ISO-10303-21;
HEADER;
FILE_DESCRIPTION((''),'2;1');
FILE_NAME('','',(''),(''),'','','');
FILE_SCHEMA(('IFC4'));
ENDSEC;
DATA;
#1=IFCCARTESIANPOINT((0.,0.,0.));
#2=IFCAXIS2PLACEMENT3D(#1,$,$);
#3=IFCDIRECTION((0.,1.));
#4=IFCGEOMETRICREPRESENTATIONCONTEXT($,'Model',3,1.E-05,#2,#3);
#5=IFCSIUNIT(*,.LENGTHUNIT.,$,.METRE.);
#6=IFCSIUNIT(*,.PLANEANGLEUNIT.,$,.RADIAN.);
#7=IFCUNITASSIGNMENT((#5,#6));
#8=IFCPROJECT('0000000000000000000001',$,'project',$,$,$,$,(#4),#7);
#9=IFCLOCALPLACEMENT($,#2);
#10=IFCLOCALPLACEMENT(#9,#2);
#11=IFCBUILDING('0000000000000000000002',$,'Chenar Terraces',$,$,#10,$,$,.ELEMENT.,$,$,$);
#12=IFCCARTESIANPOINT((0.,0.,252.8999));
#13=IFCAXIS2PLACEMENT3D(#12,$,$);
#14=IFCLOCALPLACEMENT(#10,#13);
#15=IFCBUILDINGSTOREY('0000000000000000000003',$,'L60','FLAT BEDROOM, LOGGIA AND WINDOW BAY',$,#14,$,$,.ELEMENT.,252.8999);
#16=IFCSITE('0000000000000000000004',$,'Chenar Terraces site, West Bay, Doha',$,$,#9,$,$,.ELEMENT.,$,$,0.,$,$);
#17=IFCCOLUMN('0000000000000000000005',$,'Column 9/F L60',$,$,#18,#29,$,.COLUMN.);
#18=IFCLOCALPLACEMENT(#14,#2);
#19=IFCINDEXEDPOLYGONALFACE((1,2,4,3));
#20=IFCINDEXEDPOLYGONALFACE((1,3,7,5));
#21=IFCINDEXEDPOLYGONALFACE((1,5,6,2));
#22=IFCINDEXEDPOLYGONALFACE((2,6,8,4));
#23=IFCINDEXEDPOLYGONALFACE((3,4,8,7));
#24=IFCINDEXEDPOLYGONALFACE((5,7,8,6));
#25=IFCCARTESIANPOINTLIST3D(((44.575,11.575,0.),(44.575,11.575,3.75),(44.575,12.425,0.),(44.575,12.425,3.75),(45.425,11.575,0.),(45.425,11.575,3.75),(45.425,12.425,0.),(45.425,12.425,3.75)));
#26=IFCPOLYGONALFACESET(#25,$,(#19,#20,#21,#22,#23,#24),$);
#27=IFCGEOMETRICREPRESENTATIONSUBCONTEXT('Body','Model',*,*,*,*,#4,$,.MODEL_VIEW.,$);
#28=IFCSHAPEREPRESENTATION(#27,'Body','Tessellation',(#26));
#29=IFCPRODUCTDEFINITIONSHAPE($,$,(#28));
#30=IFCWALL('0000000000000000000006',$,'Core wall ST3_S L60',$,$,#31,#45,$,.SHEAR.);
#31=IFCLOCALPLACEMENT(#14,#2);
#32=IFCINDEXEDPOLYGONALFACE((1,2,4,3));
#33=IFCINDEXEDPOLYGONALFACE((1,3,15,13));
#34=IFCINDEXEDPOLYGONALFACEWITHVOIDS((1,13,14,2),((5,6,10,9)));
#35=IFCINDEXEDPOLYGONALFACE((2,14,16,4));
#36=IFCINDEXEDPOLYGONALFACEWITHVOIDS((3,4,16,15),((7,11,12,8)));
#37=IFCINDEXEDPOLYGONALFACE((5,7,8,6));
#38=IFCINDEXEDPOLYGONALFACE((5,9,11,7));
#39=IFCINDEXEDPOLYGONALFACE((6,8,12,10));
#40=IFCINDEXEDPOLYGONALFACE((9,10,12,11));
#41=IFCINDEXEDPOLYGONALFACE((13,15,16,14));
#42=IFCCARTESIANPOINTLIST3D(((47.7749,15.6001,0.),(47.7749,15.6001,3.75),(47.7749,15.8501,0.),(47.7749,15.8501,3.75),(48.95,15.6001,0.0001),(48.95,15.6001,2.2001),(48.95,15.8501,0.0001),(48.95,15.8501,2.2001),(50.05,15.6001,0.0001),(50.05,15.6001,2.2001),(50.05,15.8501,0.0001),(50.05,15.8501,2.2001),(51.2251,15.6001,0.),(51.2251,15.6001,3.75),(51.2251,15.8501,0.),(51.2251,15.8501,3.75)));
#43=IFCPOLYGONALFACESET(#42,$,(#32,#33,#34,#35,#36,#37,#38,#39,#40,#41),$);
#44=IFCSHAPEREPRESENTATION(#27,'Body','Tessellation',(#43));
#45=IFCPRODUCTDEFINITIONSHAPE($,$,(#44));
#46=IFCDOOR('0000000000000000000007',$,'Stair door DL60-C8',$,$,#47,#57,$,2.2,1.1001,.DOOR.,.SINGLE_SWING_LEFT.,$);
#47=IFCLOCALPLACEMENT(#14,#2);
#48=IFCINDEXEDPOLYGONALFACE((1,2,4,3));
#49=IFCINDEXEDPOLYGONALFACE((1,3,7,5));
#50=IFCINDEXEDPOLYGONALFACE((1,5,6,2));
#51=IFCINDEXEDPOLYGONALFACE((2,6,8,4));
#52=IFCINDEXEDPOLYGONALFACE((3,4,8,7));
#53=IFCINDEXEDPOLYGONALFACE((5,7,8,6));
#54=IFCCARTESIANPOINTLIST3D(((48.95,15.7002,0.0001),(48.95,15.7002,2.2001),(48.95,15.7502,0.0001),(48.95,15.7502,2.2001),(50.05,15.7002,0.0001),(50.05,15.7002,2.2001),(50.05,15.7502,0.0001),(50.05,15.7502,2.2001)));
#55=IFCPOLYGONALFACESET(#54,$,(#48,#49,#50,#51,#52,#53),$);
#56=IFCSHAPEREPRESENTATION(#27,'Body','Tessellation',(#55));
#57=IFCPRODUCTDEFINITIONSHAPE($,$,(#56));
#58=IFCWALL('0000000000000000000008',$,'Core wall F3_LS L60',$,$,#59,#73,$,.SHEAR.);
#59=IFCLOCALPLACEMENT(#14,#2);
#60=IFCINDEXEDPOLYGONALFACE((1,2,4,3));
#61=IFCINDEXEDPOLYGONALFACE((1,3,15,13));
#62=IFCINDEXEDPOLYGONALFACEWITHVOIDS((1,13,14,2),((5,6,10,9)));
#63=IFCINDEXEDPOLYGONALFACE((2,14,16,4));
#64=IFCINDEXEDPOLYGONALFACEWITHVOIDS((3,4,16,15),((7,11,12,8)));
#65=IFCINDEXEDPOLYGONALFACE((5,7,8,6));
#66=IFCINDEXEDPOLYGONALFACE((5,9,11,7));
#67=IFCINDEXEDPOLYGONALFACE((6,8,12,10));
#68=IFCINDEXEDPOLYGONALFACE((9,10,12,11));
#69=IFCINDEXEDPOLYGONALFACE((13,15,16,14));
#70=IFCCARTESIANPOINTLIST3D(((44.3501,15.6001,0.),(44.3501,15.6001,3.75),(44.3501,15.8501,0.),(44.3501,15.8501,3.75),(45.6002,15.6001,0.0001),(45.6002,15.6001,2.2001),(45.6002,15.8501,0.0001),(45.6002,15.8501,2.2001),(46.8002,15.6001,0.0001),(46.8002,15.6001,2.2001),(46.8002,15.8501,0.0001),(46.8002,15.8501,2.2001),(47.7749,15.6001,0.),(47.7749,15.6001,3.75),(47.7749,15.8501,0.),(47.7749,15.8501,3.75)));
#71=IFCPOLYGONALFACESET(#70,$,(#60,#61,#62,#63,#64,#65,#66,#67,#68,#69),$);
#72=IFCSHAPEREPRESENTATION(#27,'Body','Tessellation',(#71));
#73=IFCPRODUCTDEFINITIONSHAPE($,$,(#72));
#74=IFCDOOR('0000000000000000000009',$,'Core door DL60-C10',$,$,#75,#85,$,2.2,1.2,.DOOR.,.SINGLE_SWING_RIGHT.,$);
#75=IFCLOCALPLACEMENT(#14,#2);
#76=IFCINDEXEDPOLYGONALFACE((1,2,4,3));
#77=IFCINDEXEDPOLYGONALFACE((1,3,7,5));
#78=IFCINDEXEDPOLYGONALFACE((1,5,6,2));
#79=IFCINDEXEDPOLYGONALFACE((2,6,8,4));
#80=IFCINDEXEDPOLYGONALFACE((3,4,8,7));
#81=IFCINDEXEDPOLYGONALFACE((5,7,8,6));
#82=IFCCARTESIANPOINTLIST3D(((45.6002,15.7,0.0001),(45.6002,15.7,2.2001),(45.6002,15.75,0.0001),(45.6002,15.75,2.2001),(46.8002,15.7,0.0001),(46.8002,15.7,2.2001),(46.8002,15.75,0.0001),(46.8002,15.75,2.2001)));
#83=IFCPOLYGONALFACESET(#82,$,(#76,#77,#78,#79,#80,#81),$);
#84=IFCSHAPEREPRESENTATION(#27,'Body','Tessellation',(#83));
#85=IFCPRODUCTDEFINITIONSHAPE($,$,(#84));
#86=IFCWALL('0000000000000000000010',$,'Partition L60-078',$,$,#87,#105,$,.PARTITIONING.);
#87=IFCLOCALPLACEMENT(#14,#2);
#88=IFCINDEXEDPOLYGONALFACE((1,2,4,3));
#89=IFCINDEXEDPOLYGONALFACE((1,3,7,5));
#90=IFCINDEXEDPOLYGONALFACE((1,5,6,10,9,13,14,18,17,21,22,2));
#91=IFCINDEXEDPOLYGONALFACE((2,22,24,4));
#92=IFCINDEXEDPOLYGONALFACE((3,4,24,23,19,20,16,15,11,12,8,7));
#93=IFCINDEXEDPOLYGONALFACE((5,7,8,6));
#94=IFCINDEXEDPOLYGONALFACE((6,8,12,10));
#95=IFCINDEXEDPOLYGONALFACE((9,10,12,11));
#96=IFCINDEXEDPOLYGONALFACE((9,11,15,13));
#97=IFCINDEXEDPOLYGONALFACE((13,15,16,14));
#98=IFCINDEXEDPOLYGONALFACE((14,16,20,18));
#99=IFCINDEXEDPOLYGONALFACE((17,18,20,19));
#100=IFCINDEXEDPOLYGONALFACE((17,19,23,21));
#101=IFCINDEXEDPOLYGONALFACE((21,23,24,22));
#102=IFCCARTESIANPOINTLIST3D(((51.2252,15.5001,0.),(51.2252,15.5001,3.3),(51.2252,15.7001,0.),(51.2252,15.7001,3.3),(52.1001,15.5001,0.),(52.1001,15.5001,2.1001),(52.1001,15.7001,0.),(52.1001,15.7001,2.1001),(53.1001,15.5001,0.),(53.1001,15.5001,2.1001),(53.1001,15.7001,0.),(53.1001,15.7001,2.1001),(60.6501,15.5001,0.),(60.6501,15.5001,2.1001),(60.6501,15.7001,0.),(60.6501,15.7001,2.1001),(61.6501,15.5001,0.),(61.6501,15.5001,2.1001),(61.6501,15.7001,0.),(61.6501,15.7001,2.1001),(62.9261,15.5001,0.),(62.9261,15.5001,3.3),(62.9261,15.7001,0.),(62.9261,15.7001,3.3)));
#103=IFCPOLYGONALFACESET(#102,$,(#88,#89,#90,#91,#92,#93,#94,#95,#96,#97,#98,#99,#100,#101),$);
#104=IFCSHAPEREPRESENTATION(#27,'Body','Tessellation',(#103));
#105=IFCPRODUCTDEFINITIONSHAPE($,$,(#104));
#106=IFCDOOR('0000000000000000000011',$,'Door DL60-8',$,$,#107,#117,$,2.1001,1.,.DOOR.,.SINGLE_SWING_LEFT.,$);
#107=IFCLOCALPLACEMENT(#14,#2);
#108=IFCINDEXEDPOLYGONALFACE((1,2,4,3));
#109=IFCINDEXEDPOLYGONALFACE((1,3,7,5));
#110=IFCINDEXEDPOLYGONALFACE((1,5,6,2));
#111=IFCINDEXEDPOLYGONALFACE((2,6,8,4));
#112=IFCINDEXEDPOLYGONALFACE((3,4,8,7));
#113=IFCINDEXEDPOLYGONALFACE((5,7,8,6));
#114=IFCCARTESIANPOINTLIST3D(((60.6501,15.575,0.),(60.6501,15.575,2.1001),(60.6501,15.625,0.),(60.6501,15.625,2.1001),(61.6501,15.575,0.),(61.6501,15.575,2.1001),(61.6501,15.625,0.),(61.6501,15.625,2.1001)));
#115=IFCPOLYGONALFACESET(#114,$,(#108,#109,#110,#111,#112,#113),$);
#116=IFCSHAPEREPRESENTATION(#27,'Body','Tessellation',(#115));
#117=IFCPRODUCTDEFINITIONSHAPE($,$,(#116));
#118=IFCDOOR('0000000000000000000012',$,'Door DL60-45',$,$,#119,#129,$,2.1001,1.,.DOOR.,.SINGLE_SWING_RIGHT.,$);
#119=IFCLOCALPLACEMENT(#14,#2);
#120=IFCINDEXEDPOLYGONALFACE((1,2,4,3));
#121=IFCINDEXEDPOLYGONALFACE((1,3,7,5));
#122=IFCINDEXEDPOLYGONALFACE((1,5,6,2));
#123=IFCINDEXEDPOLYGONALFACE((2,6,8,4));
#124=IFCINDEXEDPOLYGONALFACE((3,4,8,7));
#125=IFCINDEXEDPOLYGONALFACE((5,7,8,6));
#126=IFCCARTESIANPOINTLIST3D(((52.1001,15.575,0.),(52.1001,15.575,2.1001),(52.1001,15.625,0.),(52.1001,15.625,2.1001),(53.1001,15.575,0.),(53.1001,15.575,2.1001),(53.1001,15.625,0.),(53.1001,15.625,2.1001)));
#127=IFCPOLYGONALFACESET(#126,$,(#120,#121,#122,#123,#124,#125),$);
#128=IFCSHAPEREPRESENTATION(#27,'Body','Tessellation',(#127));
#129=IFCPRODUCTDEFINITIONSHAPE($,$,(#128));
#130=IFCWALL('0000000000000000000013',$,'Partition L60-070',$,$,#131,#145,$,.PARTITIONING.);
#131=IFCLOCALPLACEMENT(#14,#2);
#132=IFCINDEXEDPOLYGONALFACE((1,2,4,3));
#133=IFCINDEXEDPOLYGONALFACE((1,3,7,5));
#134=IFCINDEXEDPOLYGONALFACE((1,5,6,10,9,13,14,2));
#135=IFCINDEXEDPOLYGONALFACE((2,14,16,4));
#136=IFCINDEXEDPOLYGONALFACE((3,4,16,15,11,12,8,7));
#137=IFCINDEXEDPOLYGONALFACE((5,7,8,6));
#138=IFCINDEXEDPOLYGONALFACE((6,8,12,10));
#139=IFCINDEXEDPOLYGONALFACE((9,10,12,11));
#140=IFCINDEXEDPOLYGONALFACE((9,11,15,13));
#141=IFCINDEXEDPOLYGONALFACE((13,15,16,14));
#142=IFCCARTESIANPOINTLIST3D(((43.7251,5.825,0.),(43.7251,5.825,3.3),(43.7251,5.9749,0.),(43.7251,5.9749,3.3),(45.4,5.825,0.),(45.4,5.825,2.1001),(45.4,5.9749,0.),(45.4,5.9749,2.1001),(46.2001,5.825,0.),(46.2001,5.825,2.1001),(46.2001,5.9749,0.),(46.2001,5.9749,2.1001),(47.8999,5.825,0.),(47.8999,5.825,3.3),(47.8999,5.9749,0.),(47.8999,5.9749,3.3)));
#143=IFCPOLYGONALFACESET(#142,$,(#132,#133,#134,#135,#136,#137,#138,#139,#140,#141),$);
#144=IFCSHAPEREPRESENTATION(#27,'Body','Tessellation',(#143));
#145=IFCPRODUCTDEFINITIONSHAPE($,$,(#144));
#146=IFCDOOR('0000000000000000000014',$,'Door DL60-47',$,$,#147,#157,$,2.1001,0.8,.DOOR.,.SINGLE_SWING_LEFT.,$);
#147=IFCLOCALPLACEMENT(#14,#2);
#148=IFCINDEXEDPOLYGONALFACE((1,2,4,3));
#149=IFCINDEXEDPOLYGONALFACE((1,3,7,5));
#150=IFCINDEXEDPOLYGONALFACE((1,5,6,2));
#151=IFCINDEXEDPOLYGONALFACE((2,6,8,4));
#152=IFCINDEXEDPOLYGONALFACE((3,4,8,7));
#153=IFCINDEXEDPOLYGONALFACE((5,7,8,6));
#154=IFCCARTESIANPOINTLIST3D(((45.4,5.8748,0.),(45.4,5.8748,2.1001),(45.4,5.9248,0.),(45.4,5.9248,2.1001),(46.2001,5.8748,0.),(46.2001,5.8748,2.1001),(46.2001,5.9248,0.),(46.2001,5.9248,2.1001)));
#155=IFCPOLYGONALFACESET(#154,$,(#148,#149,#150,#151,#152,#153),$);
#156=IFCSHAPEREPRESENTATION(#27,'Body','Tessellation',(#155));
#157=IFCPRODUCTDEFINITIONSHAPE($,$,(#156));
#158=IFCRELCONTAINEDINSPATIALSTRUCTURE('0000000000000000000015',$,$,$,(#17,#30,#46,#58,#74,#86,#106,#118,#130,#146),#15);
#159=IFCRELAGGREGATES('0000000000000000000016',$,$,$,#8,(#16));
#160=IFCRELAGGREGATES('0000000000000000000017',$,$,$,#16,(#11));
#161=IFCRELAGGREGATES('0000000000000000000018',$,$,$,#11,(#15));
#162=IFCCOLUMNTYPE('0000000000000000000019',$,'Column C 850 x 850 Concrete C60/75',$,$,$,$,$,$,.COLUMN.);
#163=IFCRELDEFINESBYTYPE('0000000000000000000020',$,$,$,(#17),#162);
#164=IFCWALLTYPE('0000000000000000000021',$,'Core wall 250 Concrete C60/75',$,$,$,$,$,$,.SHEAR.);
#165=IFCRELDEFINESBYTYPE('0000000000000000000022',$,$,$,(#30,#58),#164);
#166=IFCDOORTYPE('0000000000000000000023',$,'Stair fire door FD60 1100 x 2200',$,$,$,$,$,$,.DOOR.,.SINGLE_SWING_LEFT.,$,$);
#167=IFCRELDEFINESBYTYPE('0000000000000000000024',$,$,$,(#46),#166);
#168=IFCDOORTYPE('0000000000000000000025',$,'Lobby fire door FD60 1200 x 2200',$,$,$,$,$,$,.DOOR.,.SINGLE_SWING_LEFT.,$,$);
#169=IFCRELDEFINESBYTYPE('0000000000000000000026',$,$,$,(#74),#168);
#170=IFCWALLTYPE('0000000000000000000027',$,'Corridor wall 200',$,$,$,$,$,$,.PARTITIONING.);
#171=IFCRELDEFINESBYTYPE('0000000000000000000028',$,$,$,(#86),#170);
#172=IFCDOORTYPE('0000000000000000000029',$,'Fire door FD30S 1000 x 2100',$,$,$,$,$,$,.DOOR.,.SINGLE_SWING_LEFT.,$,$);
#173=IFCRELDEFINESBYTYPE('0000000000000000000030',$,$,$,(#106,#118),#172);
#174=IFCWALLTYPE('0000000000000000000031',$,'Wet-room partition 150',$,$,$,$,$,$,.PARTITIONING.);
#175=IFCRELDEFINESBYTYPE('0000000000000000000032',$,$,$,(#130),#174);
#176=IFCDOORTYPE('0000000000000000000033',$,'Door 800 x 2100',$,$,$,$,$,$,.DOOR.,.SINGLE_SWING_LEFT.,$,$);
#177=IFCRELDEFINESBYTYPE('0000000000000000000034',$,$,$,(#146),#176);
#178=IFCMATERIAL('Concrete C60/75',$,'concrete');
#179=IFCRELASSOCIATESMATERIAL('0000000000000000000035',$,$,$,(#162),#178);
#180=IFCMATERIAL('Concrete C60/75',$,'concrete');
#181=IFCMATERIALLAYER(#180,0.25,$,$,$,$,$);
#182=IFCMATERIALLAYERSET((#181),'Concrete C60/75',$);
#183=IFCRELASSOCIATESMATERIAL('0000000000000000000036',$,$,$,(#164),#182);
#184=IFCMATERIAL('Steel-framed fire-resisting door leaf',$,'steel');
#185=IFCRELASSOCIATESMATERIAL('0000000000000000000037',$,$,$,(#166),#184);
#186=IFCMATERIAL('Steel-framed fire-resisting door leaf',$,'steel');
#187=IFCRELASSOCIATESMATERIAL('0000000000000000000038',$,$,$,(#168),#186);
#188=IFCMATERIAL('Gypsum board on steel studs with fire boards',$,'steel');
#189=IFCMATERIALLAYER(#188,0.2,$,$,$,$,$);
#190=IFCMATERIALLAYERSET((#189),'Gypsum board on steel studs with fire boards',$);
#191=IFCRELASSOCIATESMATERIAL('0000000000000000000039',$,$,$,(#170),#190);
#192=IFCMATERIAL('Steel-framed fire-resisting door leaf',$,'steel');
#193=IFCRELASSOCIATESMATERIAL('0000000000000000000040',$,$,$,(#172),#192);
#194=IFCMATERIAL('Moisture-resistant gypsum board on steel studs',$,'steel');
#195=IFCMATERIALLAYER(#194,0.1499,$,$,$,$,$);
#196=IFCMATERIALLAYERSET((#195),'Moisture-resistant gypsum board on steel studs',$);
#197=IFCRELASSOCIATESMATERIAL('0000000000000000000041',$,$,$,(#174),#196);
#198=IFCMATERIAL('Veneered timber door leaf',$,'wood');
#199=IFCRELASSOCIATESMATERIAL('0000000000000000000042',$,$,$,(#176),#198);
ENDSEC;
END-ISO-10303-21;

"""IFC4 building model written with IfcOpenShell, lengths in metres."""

from ifc_helpers import new_model, si_unit, direction, frame, frame_2d, origin, origin_2d, place, context, subcontext, project, spatial, rectangle, extrude, material, layer, layer_set, material_profile, profile_set, type_object, element, fill, save


model = new_model("IFC4")

# Units and contexts
model_context = context("Model", 3, precision=1e-05, world=origin(), true_north=direction((0.0, 1.0)))
body_context = subcontext(model_context, "Body", "Model", "MODEL_VIEW")
ifc_project = project(units=[si_unit("LENGTHUNIT", "METRE"), si_unit("PLANEANGLEUNIT", "RADIAN")], contexts=[model_context])

# Site, building, storey
site_placement = place(None, origin())
site = spatial("IfcSite", under=ifc_project, at=site_placement, Name="Chenar Terraces site, West Bay, Doha", CompositionType="ELEMENT", RefElevation=0.0)
building_placement = place(site_placement, origin())
building = spatial("IfcBuilding", under=site, at=building_placement, Name="Chenar Terraces", CompositionType="ELEMENT")
storey_placement = place(building_placement, frame((0.0, 0.0, 252.8999)))
storey = spatial("IfcBuildingStorey", under=building, at=storey_placement, Name="L60", Description="FLAT BEDROOM, LOGGIA AND WINDOW BAY", CompositionType="ELEMENT", Elevation=252.8999)

# Column
ifc_material_1 = material(Name="Concrete C60/75", Category="concrete")
ifc_material_profile = material_profile(ifc_material_1, rectangle(XDim=0.8501, YDim=0.8501, at=origin_2d()), Name="C 850 x 850")
ifc_profile_set = profile_set([ifc_material_profile], Name="Concrete C60/75")
column_type = type_object("IfcColumnType", Name="Column C 850 x 850 Concrete C60/75", PredefinedType="COLUMN", material=ifc_profile_set)
column_placement = place(storey_placement, frame((45.0, 12.0, 0.0), z_axis=(0.0, 0.0, 1.0), x_axis=(1.0, 0.0, 0.0)))
element("IfcColumn", 1, at=column_placement, inside=storey, type_object=column_type, Name="Column 9/F L60", PredefinedType="COLUMN", context=body_context, shape_type="SweptSolid", body=[
    extrude(rectangle(XDim=0.8501, YDim=0.8501, at=origin_2d()), origin(), (0.0, 0.0, 1.0), 3.75),
])

# Walls, openings, doors
ifc_material_2 = material(Name="Concrete C60/75", Category="concrete")
ifc_layer_1 = layer(ifc_material_2, 0.25)
ifc_layer_set_1 = layer_set([ifc_layer_1], Name="Concrete C60/75")
wall_type_1 = type_object("IfcWallType", Name="Core wall 250 Concrete C60/75", PredefinedType="SHEAR", material=ifc_layer_set_1)
wall_1_placement = place(storey_placement, frame((47.7749, 15.7251, 0.0), z_axis=(0.0, 0.0, 1.0), x_axis=(1.0, 0.0, 0.0)))
wall_1 = element("IfcWall", 2, at=wall_1_placement, inside=storey, type_object=wall_type_1, Name="Core wall ST3_S L60", PredefinedType="SHEAR", context=body_context, shape_type="SweptSolid", body=[
    extrude(rectangle(XDim=3.4502, YDim=0.25, at=frame_2d((1.7251, 0.0))), origin(), (0.0, 0.0, 1.0), 3.75),
])
opening_1_placement = place(wall_1_placement, frame((1.175, 0.0, 0.0)))
opening_1 = element("IfcOpeningElement", 3, at=opening_1_placement, cuts=wall_1, PredefinedType="OPENING", context=body_context, shape_type="SweptSolid", body=[
    extrude(rectangle(XDim=1.1001, YDim=2.2, at=frame_2d((0.55, 1.1001))), frame((0.0, 0.135, 0.0), z_axis=(0.0, -1.0, 0.0), x_axis=(1.0, 0.0, 0.0)), (0.0, 0.0, 1.0), 0.27),
])
ifc_material_3 = material(Name="Steel-framed fire-resisting door leaf", Category="steel")
door_type_1 = type_object("IfcDoorType", Name="Stair fire door FD60 1100 x 2200", OperationType="SINGLE_SWING_LEFT", PredefinedType="DOOR", material=ifc_material_3)
door_1_placement = place(opening_1_placement, frame((1.1001, 0.0, 0.0), z_axis=(0.0, 0.0, 1.0), x_axis=(-1.0, 0.0, 0.0)))
door_1 = element("IfcDoor", 4, at=door_1_placement, inside=storey, type_object=door_type_1, Name="Stair door DL60-C8", OperationType="SINGLE_SWING_LEFT", OverallHeight=2.2, OverallWidth=1.1001, PredefinedType="DOOR", context=body_context, shape_type="SweptSolid", body=[
    extrude(rectangle(XDim=1.1001, YDim=2.2, at=frame_2d((0.55, 1.1001))), frame((0.0, 0.0249, 0.0), z_axis=(0.0, -1.0, 0.0), x_axis=(1.0, 0.0, 0.0)), (0.0, 0.0, 1.0), 0.05),
])
fill(opening_1, door_1)
wall_2_placement = place(storey_placement, frame((44.3501, 15.7251, 0.0), z_axis=(0.0, 0.0, 1.0), x_axis=(1.0, 0.0, 0.0)))
wall_2 = element("IfcWall", 5, at=wall_2_placement, inside=storey, type_object=wall_type_1, Name="Core wall F3_LS L60", PredefinedType="SHEAR", context=body_context, shape_type="SweptSolid", body=[
    extrude(rectangle(XDim=3.4248, YDim=0.25, at=frame_2d((1.7124, 0.0))), origin(), (0.0, 0.0, 1.0), 3.75),
])
opening_2_placement = place(wall_2_placement, frame((1.25, 0.0, 0.0)))
opening_2 = element("IfcOpeningElement", 6, at=opening_2_placement, cuts=wall_2, PredefinedType="OPENING", context=body_context, shape_type="SweptSolid", body=[
    extrude(rectangle(XDim=1.2, YDim=2.2, at=frame_2d((0.6001, 1.1001))), frame((0.0, 0.135, 0.0), z_axis=(0.0, -1.0, 0.0), x_axis=(1.0, 0.0, 0.0)), (0.0, 0.0, 1.0), 0.27),
])
ifc_material_4 = material(Name="Steel-framed fire-resisting door leaf", Category="steel")
door_type_2 = type_object("IfcDoorType", Name="Lobby fire door FD60 1200 x 2200", OperationType="SINGLE_SWING_LEFT", PredefinedType="DOOR", material=ifc_material_4)
door_2_placement = place(opening_2_placement, origin())
door_2 = element("IfcDoor", 7, at=door_2_placement, inside=storey, type_object=door_type_2, Name="Core door DL60-C10", OperationType="SINGLE_SWING_RIGHT", OverallHeight=2.2, OverallWidth=1.2, PredefinedType="DOOR", context=body_context, shape_type="SweptSolid", body=[
    extrude(rectangle(XDim=1.2, YDim=2.2, at=frame_2d((0.6001, 1.1001))), frame((0.0, 0.0249, 0.0), z_axis=(0.0, -1.0, 0.0), x_axis=(1.0, 0.0, 0.0)), (0.0, 0.0, 1.0), 0.05),
])
fill(opening_2, door_2)

# Wall, openings, doors
ifc_material_5 = material(Name="Gypsum board on steel studs with fire boards", Category="steel")
ifc_layer_2 = layer(ifc_material_5, 0.2)
ifc_layer_set_2 = layer_set([ifc_layer_2], Name="Gypsum board on steel studs with fire boards")
wall_type_2 = type_object("IfcWallType", Name="Corridor wall 200", PredefinedType="PARTITIONING", material=ifc_layer_set_2)
wall_3_placement = place(storey_placement, frame((51.2251, 15.6001, 0.0), z_axis=(0.0, 0.0, 1.0), x_axis=(1.0, 0.0, 0.0)))
wall_3 = element("IfcWall", 8, at=wall_3_placement, inside=storey, type_object=wall_type_2, Name="Partition L60-078", PredefinedType="PARTITIONING", context=body_context, shape_type="SweptSolid", body=[
    extrude(rectangle(XDim=11.7009, YDim=0.2, at=frame_2d((5.8506, 0.0))), origin(), (0.0, 0.0, 1.0), 3.3),
])
opening_3_placement = place(wall_3_placement, frame((9.425, 0.0, 0.0)))
opening_3 = element("IfcOpeningElement", 9, at=opening_3_placement, cuts=wall_3, PredefinedType="OPENING", context=body_context, shape_type="SweptSolid", body=[
    extrude(rectangle(XDim=1.0, YDim=2.1001, at=frame_2d((0.5, 1.05))), frame((0.0, 0.1099, 0.0), z_axis=(0.0, -1.0, 0.0), x_axis=(1.0, 0.0, 0.0)), (0.0, 0.0, 1.0), 0.22),
])
opening_4_placement = place(wall_3_placement, frame((0.875, 0.0, 0.0)))
opening_4 = element("IfcOpeningElement", 10, at=opening_4_placement, cuts=wall_3, PredefinedType="OPENING", context=body_context, shape_type="SweptSolid", body=[
    extrude(rectangle(XDim=1.0, YDim=2.1001, at=frame_2d((0.5, 1.05))), frame((0.0, 0.1099, 0.0), z_axis=(0.0, -1.0, 0.0), x_axis=(1.0, 0.0, 0.0)), (0.0, 0.0, 1.0), 0.22),
])
ifc_material_6 = material(Name="Steel-framed fire-resisting door leaf", Category="steel")
door_type_3 = type_object("IfcDoorType", Name="Fire door FD30S 1000 x 2100", OperationType="SINGLE_SWING_LEFT", PredefinedType="DOOR", material=ifc_material_6)
door_3_placement = place(opening_3_placement, origin())
door_3 = element("IfcDoor", 11, at=door_3_placement, inside=storey, type_object=door_type_3, Name="Door DL60-8", OperationType="SINGLE_SWING_LEFT", OverallHeight=2.1001, OverallWidth=1.0, PredefinedType="DOOR", context=body_context, shape_type="SweptSolid", body=[
    extrude(rectangle(XDim=1.0, YDim=2.1001, at=frame_2d((0.5, 1.05))), frame((0.0, 0.0249, 0.0), z_axis=(0.0, -1.0, 0.0), x_axis=(1.0, 0.0, 0.0)), (0.0, 0.0, 1.0), 0.05),
])
fill(opening_3, door_3)
door_4_placement = place(opening_4_placement, origin())
door_4 = element("IfcDoor", 12, at=door_4_placement, inside=storey, type_object=door_type_3, Name="Door DL60-45", OperationType="SINGLE_SWING_RIGHT", OverallHeight=2.1001, OverallWidth=1.0, PredefinedType="DOOR", context=body_context, shape_type="SweptSolid", body=[
    extrude(rectangle(XDim=1.0, YDim=2.1001, at=frame_2d((0.5, 1.05))), frame((0.0, 0.0249, 0.0), z_axis=(0.0, -1.0, 0.0), x_axis=(1.0, 0.0, 0.0)), (0.0, 0.0, 1.0), 0.05),
])
fill(opening_4, door_4)

# Wall, opening, door
ifc_material_7 = material(Name="Moisture-resistant gypsum board on steel studs", Category="steel")
ifc_layer_3 = layer(ifc_material_7, 0.1499)
ifc_layer_set_3 = layer_set([ifc_layer_3], Name="Moisture-resistant gypsum board on steel studs")
wall_type_3 = type_object("IfcWallType", Name="Wet-room partition 150", PredefinedType="PARTITIONING", material=ifc_layer_set_3)
wall_4_placement = place(storey_placement, frame((43.7251, 5.8999, 0.0), z_axis=(0.0, 0.0, 1.0), x_axis=(1.0, 0.0, 0.0)))
wall_4 = element("IfcWall", 13, at=wall_4_placement, inside=storey, type_object=wall_type_3, Name="Partition L60-070", PredefinedType="PARTITIONING", context=body_context, shape_type="SweptSolid", body=[
    extrude(rectangle(XDim=4.1748, YDim=0.1499, at=frame_2d((2.0874, 0.0))), origin(), (0.0, 0.0, 1.0), 3.3),
])
opening_5_placement = place(wall_4_placement, frame((1.675, 0.0, 0.0)))
opening_5 = element("IfcOpeningElement", 14, at=opening_5_placement, cuts=wall_4, PredefinedType="OPENING", context=body_context, shape_type="SweptSolid", body=[
    extrude(rectangle(XDim=0.8, YDim=2.1001, at=frame_2d((0.3999, 1.05))), frame((0.0, 0.085, 0.0), z_axis=(0.0, -1.0, 0.0), x_axis=(1.0, 0.0, 0.0)), (0.0, 0.0, 1.0), 0.1699),
])
ifc_material_8 = material(Name="Veneered timber door leaf", Category="wood")
door_type_4 = type_object("IfcDoorType", Name="Door 800 x 2100", OperationType="SINGLE_SWING_LEFT", PredefinedType="DOOR", material=ifc_material_8)
door_5_placement = place(opening_5_placement, origin())
door_5 = element("IfcDoor", 15, at=door_5_placement, inside=storey, type_object=door_type_4, Name="Door DL60-47", OperationType="SINGLE_SWING_LEFT", OverallHeight=2.1001, OverallWidth=0.8, PredefinedType="DOOR", context=body_context, shape_type="SweptSolid", body=[
    extrude(rectangle(XDim=0.8, YDim=2.1001, at=frame_2d((0.3999, 1.05))), frame((0.0, 0.0249, 0.0), z_axis=(0.0, -1.0, 0.0), x_axis=(1.0, 0.0, 0.0)), (0.0, 0.0, 1.0), 0.05),
])
fill(opening_5, door_5)

save(model, "model.ifc")
